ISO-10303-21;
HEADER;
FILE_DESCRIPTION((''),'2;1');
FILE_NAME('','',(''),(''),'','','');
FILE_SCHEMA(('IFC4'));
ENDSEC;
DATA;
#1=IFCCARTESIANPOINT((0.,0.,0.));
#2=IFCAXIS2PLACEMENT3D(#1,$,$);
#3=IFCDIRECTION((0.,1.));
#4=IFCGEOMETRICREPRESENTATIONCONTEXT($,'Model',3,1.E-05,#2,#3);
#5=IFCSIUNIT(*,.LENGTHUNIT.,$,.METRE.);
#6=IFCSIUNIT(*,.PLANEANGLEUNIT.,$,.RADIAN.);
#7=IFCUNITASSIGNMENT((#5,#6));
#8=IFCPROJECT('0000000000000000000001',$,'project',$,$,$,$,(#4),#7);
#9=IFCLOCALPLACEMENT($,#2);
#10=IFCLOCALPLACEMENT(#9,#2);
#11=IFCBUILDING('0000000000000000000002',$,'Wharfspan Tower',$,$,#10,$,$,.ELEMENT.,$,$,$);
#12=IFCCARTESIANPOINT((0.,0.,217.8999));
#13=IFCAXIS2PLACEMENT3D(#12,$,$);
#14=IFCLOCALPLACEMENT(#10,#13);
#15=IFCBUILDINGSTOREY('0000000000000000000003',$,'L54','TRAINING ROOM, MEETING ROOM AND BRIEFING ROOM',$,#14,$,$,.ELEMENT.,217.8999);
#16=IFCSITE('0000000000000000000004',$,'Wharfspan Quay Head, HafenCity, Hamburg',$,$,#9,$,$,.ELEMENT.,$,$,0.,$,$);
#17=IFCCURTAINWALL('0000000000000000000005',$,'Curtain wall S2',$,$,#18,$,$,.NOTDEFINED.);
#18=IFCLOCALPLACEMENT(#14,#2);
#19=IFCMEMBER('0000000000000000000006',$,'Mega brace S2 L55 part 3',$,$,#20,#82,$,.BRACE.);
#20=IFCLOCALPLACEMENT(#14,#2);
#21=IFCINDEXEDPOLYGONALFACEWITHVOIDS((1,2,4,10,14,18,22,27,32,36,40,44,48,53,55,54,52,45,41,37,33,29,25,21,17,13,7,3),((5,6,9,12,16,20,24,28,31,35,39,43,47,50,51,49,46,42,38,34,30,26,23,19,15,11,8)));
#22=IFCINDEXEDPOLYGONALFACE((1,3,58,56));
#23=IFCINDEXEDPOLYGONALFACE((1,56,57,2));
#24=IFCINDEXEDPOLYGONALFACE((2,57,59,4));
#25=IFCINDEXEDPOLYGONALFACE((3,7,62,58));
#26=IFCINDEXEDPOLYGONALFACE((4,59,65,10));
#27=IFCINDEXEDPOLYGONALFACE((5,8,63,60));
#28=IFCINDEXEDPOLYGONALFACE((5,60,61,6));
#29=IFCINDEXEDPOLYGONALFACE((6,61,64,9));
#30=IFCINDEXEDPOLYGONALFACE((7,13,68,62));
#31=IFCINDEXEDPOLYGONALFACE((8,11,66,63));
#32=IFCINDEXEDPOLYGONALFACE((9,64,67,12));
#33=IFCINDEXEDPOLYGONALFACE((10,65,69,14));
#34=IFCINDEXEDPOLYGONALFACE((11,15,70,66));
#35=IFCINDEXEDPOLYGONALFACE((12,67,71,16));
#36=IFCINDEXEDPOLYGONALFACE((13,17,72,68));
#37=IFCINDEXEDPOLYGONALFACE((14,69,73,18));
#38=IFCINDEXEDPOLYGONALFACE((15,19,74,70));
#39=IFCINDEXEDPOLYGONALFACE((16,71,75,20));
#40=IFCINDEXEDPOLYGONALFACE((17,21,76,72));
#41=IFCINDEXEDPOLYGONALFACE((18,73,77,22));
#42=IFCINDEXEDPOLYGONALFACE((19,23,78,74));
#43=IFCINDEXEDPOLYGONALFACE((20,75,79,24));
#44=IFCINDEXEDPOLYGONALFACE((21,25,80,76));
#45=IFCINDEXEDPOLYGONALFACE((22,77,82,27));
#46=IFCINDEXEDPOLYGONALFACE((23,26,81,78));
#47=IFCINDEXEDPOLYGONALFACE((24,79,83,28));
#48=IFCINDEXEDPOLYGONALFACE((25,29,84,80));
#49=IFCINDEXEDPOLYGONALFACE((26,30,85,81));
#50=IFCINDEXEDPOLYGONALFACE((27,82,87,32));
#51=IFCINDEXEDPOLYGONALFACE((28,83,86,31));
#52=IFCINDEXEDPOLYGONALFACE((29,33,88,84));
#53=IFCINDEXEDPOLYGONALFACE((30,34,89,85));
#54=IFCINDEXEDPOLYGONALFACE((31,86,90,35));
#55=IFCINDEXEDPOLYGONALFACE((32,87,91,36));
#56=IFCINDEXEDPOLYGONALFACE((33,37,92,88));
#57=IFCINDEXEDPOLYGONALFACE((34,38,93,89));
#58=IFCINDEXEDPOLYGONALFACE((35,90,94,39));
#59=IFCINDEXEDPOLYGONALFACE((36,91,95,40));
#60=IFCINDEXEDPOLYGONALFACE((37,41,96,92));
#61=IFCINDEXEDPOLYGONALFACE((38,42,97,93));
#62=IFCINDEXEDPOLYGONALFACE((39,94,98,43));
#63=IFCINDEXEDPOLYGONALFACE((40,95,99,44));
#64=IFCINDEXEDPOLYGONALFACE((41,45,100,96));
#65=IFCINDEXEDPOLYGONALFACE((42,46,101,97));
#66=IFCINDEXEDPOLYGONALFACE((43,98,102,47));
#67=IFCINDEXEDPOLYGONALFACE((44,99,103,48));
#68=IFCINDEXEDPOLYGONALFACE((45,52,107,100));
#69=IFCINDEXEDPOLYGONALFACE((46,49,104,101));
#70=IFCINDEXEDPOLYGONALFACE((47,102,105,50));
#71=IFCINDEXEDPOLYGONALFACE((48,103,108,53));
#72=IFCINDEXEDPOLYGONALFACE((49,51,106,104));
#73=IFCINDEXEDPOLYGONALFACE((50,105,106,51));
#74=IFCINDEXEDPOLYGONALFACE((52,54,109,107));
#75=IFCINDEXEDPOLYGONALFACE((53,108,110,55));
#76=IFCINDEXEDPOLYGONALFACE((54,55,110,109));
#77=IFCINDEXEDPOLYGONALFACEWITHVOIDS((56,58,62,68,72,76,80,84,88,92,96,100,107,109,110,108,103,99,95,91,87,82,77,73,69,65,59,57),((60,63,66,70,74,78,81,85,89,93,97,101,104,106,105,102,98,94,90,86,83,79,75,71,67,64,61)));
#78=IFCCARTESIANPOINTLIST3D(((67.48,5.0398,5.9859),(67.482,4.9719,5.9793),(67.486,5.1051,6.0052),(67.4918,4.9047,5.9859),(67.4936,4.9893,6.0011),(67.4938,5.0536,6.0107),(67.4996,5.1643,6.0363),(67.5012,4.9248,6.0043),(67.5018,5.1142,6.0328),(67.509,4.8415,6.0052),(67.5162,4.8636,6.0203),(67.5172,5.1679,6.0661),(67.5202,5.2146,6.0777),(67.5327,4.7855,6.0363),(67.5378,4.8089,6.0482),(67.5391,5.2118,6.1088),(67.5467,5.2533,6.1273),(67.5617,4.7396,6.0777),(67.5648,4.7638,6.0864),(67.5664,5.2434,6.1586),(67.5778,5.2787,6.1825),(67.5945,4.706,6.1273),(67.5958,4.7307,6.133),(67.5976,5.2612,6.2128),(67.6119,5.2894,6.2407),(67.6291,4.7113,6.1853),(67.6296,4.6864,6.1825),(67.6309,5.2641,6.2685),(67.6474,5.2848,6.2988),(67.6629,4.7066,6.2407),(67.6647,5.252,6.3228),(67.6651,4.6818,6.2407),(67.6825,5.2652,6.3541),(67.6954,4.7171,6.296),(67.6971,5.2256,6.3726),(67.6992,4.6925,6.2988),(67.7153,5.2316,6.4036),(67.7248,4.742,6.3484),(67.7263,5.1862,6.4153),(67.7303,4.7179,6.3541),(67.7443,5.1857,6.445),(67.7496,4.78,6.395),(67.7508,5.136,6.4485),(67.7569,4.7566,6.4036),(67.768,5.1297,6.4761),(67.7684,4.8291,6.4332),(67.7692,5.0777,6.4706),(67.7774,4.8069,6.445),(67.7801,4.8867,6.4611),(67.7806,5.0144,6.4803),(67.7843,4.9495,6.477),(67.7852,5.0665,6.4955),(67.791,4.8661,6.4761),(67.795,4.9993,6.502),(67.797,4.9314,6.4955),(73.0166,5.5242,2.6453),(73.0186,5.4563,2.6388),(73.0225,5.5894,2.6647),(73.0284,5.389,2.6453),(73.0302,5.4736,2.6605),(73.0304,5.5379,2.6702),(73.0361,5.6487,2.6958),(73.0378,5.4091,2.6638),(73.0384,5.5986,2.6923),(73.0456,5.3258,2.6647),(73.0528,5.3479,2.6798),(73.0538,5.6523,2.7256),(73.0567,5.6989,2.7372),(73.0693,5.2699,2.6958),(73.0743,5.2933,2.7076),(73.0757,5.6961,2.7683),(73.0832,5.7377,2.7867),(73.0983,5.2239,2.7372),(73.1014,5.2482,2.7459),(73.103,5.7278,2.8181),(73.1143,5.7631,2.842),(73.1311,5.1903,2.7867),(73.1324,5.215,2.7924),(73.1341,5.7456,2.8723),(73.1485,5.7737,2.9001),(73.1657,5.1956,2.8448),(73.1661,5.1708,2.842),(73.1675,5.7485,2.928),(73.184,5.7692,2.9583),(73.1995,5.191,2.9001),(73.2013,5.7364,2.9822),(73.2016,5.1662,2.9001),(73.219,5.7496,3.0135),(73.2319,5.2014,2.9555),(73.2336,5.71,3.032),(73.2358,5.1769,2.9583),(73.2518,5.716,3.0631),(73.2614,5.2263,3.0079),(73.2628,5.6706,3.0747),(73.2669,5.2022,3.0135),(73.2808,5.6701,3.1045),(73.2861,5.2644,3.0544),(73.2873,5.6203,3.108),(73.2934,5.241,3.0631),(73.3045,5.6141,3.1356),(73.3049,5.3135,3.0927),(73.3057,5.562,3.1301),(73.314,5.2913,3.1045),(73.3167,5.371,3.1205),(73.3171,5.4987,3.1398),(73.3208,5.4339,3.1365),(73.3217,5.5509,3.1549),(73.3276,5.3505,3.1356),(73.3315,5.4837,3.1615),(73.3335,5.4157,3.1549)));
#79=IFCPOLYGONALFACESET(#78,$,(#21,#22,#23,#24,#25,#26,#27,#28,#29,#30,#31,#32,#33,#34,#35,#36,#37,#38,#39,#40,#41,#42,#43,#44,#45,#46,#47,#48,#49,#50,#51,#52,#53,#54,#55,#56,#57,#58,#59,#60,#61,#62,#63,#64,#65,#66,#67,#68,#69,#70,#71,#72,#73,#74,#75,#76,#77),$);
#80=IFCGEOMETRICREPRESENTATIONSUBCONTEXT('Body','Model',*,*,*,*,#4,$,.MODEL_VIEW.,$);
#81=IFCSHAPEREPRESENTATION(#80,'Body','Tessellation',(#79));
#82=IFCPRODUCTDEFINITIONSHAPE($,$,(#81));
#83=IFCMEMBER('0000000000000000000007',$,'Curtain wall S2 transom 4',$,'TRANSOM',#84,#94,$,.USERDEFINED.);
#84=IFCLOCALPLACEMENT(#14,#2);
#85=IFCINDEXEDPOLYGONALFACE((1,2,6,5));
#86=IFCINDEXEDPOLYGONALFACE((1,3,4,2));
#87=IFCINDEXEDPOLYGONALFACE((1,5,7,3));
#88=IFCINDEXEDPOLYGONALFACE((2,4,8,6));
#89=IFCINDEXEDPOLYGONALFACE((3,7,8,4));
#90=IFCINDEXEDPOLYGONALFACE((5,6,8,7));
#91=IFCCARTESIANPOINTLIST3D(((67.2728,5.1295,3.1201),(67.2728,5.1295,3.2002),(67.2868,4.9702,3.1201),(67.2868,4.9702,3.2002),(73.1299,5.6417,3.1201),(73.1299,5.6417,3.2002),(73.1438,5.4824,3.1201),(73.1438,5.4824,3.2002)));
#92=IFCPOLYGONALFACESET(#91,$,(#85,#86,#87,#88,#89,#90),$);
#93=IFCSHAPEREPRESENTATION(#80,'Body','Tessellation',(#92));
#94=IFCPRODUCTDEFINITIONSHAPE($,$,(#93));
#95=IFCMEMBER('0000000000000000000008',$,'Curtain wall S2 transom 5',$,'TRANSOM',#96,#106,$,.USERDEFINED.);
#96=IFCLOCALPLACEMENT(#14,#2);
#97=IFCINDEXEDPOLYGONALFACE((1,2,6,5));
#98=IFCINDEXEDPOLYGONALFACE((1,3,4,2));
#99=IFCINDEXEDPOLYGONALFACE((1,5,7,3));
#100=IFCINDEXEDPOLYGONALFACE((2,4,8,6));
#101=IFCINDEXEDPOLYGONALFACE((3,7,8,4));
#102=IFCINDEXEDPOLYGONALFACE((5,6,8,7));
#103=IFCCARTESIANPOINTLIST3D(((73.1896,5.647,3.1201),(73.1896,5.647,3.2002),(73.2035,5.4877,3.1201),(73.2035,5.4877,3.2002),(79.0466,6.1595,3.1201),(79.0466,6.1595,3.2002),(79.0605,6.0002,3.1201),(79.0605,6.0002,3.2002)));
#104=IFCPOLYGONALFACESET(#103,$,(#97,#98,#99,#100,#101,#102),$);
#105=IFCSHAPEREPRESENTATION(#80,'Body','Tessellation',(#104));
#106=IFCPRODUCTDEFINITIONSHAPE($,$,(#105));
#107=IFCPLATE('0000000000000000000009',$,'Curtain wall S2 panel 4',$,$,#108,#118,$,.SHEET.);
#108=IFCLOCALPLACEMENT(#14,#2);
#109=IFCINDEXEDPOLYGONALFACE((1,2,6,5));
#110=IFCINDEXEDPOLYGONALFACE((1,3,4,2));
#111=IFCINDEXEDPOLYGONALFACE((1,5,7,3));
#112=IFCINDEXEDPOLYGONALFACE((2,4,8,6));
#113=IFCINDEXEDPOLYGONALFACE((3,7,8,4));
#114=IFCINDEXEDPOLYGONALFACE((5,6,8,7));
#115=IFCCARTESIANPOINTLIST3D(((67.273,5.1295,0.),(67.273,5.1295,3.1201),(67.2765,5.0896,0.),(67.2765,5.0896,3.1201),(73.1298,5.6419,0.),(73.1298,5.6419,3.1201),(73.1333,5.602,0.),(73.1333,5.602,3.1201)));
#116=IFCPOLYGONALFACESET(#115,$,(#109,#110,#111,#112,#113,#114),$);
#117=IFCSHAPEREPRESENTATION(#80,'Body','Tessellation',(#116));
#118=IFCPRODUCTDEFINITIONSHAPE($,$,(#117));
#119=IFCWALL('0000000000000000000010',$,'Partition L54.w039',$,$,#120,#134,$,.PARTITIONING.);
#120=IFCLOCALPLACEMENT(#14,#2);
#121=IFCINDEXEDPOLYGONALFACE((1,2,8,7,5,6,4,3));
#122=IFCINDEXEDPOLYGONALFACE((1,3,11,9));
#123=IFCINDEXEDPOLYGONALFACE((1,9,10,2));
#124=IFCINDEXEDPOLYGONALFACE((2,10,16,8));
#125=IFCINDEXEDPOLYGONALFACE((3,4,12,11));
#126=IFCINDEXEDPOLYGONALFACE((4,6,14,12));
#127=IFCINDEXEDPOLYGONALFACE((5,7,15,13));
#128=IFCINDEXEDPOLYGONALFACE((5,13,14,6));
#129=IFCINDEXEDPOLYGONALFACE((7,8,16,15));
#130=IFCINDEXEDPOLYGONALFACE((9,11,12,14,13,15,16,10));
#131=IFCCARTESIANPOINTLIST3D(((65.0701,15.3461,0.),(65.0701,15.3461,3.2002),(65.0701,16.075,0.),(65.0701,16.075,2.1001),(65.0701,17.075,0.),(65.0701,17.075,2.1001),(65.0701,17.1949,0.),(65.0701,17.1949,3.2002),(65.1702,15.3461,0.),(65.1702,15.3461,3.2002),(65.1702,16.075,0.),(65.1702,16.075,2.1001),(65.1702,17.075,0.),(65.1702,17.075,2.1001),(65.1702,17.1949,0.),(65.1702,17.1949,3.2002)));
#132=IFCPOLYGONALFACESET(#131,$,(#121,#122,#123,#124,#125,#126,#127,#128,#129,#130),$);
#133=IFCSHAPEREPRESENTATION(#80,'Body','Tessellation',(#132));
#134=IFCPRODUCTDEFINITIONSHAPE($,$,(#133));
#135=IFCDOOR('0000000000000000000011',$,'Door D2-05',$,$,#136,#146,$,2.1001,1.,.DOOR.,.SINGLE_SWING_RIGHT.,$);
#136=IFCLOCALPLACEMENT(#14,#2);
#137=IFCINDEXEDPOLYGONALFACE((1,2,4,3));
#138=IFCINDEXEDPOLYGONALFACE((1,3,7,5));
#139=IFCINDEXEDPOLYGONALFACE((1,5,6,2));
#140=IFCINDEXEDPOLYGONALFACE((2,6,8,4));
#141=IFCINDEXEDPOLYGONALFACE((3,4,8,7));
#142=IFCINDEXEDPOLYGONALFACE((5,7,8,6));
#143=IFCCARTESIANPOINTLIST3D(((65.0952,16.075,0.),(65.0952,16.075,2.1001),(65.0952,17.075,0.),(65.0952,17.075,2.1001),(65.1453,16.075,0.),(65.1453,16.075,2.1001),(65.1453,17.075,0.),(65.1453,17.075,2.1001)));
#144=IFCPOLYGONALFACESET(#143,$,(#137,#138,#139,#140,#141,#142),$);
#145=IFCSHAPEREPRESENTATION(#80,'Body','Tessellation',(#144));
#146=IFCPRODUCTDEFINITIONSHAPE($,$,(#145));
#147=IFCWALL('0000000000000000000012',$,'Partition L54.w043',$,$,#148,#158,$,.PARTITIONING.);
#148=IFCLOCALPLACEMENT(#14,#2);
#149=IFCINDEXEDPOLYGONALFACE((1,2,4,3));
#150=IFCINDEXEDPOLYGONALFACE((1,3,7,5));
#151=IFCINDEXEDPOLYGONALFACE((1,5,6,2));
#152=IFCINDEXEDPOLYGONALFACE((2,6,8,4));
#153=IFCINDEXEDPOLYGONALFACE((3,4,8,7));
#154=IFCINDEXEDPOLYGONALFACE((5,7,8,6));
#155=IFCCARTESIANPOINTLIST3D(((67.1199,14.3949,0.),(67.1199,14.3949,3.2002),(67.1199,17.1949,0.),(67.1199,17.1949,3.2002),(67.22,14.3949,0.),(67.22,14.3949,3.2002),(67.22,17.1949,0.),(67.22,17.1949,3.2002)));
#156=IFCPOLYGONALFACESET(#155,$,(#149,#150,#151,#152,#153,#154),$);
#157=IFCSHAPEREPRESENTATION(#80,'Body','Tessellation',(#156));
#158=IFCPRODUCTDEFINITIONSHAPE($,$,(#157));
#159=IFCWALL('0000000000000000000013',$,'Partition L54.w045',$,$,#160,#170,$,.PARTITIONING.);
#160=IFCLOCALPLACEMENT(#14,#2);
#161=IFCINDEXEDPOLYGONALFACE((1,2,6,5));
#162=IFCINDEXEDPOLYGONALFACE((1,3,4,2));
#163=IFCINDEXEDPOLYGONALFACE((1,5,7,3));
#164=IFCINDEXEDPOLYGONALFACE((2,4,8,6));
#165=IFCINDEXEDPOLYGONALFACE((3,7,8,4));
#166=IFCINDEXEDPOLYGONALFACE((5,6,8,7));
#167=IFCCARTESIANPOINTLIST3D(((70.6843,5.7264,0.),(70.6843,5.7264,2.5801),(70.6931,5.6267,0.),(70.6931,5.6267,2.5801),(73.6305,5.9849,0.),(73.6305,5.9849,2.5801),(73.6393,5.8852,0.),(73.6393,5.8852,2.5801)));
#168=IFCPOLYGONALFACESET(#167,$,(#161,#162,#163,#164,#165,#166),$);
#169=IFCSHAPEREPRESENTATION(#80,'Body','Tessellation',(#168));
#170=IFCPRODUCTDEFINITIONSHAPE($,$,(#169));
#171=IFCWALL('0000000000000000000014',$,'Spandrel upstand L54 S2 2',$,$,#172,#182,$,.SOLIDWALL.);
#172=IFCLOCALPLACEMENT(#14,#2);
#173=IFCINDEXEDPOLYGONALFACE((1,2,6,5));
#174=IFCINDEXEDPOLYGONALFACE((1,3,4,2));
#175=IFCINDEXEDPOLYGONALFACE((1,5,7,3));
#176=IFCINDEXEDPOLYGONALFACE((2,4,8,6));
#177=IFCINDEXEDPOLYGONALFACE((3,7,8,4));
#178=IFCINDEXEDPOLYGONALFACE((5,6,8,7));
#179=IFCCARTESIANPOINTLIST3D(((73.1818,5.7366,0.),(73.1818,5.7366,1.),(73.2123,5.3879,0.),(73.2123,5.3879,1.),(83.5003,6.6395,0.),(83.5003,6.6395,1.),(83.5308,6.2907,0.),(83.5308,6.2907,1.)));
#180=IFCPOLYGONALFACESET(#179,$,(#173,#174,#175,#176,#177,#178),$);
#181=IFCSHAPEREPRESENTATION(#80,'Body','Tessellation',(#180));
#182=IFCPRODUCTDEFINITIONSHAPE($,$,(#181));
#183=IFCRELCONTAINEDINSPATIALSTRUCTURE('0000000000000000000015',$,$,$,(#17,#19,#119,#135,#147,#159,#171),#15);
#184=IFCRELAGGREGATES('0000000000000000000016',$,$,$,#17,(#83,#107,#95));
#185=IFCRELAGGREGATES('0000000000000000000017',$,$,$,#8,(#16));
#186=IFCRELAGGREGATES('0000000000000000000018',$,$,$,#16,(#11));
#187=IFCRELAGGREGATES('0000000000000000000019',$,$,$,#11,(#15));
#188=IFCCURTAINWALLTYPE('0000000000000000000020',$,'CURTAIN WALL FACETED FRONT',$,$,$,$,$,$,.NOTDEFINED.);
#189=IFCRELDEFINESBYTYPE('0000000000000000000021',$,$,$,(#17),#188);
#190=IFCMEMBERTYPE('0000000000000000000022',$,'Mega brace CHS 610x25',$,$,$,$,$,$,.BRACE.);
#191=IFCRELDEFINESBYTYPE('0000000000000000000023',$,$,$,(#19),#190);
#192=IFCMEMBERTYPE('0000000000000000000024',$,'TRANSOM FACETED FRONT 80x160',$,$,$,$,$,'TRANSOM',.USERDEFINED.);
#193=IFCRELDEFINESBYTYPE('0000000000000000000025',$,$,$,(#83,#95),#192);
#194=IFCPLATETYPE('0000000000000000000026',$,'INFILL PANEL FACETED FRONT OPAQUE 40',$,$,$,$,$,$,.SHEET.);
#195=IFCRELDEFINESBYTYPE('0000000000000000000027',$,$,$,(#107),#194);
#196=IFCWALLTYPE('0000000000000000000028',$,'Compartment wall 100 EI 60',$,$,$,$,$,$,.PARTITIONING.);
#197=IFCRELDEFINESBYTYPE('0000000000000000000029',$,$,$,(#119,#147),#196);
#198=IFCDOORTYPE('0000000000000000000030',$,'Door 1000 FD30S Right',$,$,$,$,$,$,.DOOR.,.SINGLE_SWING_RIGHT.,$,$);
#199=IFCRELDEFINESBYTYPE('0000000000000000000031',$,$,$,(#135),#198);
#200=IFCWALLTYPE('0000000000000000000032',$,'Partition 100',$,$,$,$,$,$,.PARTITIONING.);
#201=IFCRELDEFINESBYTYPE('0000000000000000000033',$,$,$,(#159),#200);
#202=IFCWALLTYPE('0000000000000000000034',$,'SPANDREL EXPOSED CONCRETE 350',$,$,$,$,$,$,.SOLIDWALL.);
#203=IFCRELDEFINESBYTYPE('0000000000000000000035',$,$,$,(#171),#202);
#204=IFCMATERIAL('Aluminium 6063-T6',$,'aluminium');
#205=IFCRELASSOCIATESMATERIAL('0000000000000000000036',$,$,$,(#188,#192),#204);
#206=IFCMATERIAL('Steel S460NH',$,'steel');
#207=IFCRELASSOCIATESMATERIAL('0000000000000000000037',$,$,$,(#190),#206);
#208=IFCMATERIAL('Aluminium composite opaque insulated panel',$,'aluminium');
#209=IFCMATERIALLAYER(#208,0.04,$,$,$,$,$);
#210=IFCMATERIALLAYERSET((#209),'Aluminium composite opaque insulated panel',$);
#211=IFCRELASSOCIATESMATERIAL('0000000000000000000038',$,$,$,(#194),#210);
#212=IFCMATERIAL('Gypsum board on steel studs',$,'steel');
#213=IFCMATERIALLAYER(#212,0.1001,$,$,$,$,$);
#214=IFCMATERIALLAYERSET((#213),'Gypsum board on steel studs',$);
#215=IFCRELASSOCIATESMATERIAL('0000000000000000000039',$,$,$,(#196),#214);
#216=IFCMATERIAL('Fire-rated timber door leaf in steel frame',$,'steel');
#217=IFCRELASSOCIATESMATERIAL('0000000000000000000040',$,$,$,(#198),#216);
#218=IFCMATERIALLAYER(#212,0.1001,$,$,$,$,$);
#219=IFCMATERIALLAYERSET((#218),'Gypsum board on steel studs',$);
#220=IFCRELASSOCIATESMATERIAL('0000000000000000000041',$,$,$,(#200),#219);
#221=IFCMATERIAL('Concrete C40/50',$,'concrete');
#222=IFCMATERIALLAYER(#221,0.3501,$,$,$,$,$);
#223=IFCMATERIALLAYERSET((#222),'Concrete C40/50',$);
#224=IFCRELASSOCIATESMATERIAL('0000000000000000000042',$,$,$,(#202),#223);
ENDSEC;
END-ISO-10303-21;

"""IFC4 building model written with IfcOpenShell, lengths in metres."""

from ifc_helpers import new_model, si_unit, direction, frame, frame_2d, origin, origin_2d, place, context, subcontext, project, spatial, rectangle, hollow_circle, extrude, material, layer, layer_set, material_profile, profile_set, type_object, element, fill, aggregate, save


model = new_model("IFC4")

# Units and contexts
model_context = context("Model", 3, precision=1e-05, world=origin(), true_north=direction((0.0, 1.0)))
body_context = subcontext(model_context, "Body", "Model", "MODEL_VIEW")
ifc_project = project(units=[si_unit("LENGTHUNIT", "METRE"), si_unit("PLANEANGLEUNIT", "RADIAN")], contexts=[model_context])

# Site, building, storey
site_placement = place(None, origin())
site = spatial("IfcSite", under=ifc_project, at=site_placement, Name="Wharfspan Quay Head, HafenCity, Hamburg", CompositionType="ELEMENT", RefElevation=0.0)
building_placement = place(site_placement, origin())
building = spatial("IfcBuilding", under=site, at=building_placement, Name="Wharfspan Tower", CompositionType="ELEMENT")
storey_placement = place(building_placement, frame((0.0, 0.0, 217.8999)))
storey = spatial("IfcBuildingStorey", under=building, at=storey_placement, Name="L54", Description="TRAINING ROOM, MEETING ROOM AND BRIEFING ROOM", CompositionType="ELEMENT", Elevation=217.8999)

# Curtain wall
ifc_material_1 = material(Name="Aluminium 6063-T6", Category="aluminium")
curtain_wall_type = type_object("IfcCurtainWallType", Name="CURTAIN WALL FACETED FRONT", PredefinedType="NOTDEFINED", material=ifc_material_1)
curtain_wall_placement = place(storey_placement, origin())
curtain_wall = element("IfcCurtainWall", 1, at=curtain_wall_placement, inside=storey, type_object=curtain_wall_type, Name="Curtain wall S2", PredefinedType="NOTDEFINED")

# Members
ifc_material_2 = material(Name="Steel S460NH", Category="steel")
ifc_material_profile_1 = material_profile(ifc_material_2, hollow_circle(Radius=0.3049, WallThickness=0.0249, at=origin_2d()))
ifc_profile_set_1 = profile_set([ifc_material_profile_1], Name="Steel S460NH")
member_type_1 = type_object("IfcMemberType", Name="Mega brace CHS 610x25", PredefinedType="BRACE", material=ifc_profile_set_1)
member_1_placement = place(storey_placement, frame((73.175, 5.47, 2.9001), z_axis=(-0.853829, -0.074698, 0.515166), x_axis=(0.087155, -0.996197, 0.000003)))
element("IfcMember", 2, at=member_1_placement, inside=storey, type_object=member_type_1, Name="Mega brace S2 L55 part 3", PredefinedType="BRACE", context=body_context, shape_type="SweptSolid", body=[
    extrude(hollow_circle(Radius=0.3049, WallThickness=0.0249, at=origin_2d()), origin(), (0.0, 0.0, 1.0), 6.4844),
])
ifc_material_profile_2 = material_profile(ifc_material_1, rectangle(XDim=0.1599, YDim=0.0801, at=origin_2d()))
ifc_profile_set_2 = profile_set([ifc_material_profile_2], Name="Aluminium 6063-T6")
member_type_2 = type_object("IfcMemberType", Name="TRANSOM FACETED FRONT 80x160", ElementType="TRANSOM", PredefinedType="USERDEFINED", material=ifc_profile_set_2)
member_2_placement = place(storey_placement, frame((67.2798, 5.0498, 3.1602), z_axis=(0.996198, 0.087121, 0.0), x_axis=(-0.087121, 0.996198, 0.0)))
member_2 = element("IfcMember", 3, at=member_2_placement, type_object=member_type_2, Name="Curtain wall S2 transom 4", ObjectType="TRANSOM", PredefinedType="USERDEFINED", context=body_context, shape_type="SweptSolid", body=[
    extrude(rectangle(XDim=0.1599, YDim=0.0801, at=origin_2d()), origin(), (0.0, 0.0, 1.0), 5.8794),
])
member_3_placement = place(storey_placement, frame((73.1965, 5.5674, 3.1602), z_axis=(0.996194, 0.087162, 0.0), x_axis=(-0.087162, 0.996194, 0.0)))
member_3 = element("IfcMember", 4, at=member_3_placement, type_object=member_type_2, Name="Curtain wall S2 transom 5", ObjectType="TRANSOM", PredefinedType="USERDEFINED", context=body_context, shape_type="SweptSolid", body=[
    extrude(rectangle(XDim=0.1599, YDim=0.0801, at=origin_2d()), origin(), (0.0, 0.0, 1.0), 5.8794),
])

# Plate
ifc_material_3 = material(Name="Aluminium composite opaque insulated panel", Category="aluminium")
ifc_layer_1 = layer(ifc_material_3, 0.04)
ifc_layer_set_1 = layer_set([ifc_layer_1], Name="Aluminium composite opaque insulated panel")
plate_type = type_object("IfcPlateType", Name="INFILL PANEL FACETED FRONT OPAQUE 40", PredefinedType="SHEET", material=ifc_layer_set_1)
plate_placement = place(storey_placement, frame((70.2031, 5.3657, 0.0), z_axis=(0.0, 0.0, 1.0), x_axis=(0.996197, 0.087156, 0.0)))
plate = element("IfcPlate", 5, at=plate_placement, type_object=plate_type, Name="Curtain wall S2 panel 4", PredefinedType="SHEET", context=body_context, shape_type="SweptSolid", body=[
    extrude(rectangle(XDim=5.8792, YDim=0.04, at=origin_2d()), origin(), (0.0, 0.0, 1.0), 3.1201),
])
aggregate(curtain_wall, [member_2, plate, member_3])

# Wall, opening, door
ifc_material_4 = material(Name="Gypsum board on steel studs", Category="steel")
ifc_layer_2 = layer(ifc_material_4, 0.1001)
ifc_layer_set_2 = layer_set([ifc_layer_2], Name="Gypsum board on steel studs")
wall_type_1 = type_object("IfcWallType", Name="Compartment wall 100 EI 60", PredefinedType="PARTITIONING", material=ifc_layer_set_2)
wall_1_placement = place(storey_placement, frame((65.1201, 15.3462, 0.0), z_axis=(0.0, 0.0, 1.0), x_axis=(0.0, 1.0, 0.0)))
wall_1 = element("IfcWall", 6, at=wall_1_placement, inside=storey, type_object=wall_type_1, Name="Partition L54.w039", PredefinedType="PARTITIONING", context=body_context, shape_type="SweptSolid", body=[
    extrude(rectangle(XDim=1.8489, YDim=0.1001, at=frame_2d((0.9243, 0.0))), origin(), (0.0, 0.0, 1.0), 3.2002),
])
opening_placement = place(wall_1_placement, frame((0.7288, 0.0, 0.0)))
opening = element("IfcOpeningElement", 7, at=opening_placement, cuts=wall_1, PredefinedType="OPENING", context=body_context, shape_type="SweptSolid", body=[
    extrude(rectangle(XDim=1.0, YDim=2.1001, at=frame_2d((0.5, 1.05))), frame((0.0, 0.0601, 0.0), z_axis=(0.0, -1.0, 0.0), x_axis=(1.0, 0.0, 0.0)), (0.0, 0.0, 1.0), 0.1201),
])
ifc_material_5 = material(Name="Fire-rated timber door leaf in steel frame", Category="steel")
door_type = type_object("IfcDoorType", Name="Door 1000 FD30S Right", OperationType="SINGLE_SWING_RIGHT", PredefinedType="DOOR", material=ifc_material_5)
door_placement = place(opening_placement, origin())
door = element("IfcDoor", 8, at=door_placement, inside=storey, type_object=door_type, Name="Door D2-05", OperationType="SINGLE_SWING_RIGHT", OverallHeight=2.1001, OverallWidth=1.0, PredefinedType="DOOR", context=body_context, shape_type="SweptSolid", body=[
    extrude(rectangle(XDim=1.0, YDim=2.1001, at=frame_2d((0.5, 1.05))), frame((0.0, 0.0249, 0.0), z_axis=(0.0, -1.0, 0.0), x_axis=(1.0, 0.0, 0.0)), (0.0, 0.0, 1.0), 0.05),
])
fill(opening, door)

# Walls
wall_2_placement = place(storey_placement, frame((67.1699, 14.395, 0.0), z_axis=(0.0, 0.0, 1.0), x_axis=(0.0, 1.0, 0.0)))
element("IfcWall", 9, at=wall_2_placement, inside=storey, type_object=wall_type_1, Name="Partition L54.w043", PredefinedType="PARTITIONING", context=body_context, shape_type="SweptSolid", body=[
    extrude(rectangle(XDim=2.8, YDim=0.1001, at=frame_2d((1.3999, 0.0))), origin(), (0.0, 0.0, 1.0), 3.2002),
])
ifc_layer_3 = layer(ifc_material_4, 0.1001)
ifc_layer_set_3 = layer_set([ifc_layer_3], Name="Gypsum board on steel studs")
wall_type_2 = type_object("IfcWallType", Name="Partition 100", PredefinedType="PARTITIONING", material=ifc_layer_set_3)
wall_3_placement = place(storey_placement, frame((70.6887, 5.6765, 0.0), z_axis=(0.0, 0.0, 1.0), x_axis=(0.996174, 0.087417, 0.0)))
element("IfcWall", 10, at=wall_3_placement, inside=storey, type_object=wall_type_2, Name="Partition L54.w045", PredefinedType="PARTITIONING", context=body_context, shape_type="SweptSolid", body=[
    extrude(rectangle(XDim=2.9575, YDim=0.1001, at=frame_2d((1.4788, 0.0))), origin(), (0.0, 0.0, 1.0), 2.5801),
])
ifc_material_6 = material(Name="Concrete C40/50", Category="concrete")
ifc_layer_4 = layer(ifc_material_6, 0.3501)
ifc_layer_set_4 = layer_set([ifc_layer_4], Name="Concrete C40/50")
wall_type_3 = type_object("IfcWallType", Name="SPANDREL EXPOSED CONCRETE 350", PredefinedType="SOLIDWALL", material=ifc_layer_set_4)
wall_4_placement = place(storey_placement, frame((73.197, 5.5623, 0.0), z_axis=(0.0, 0.0, 1.0), x_axis=(0.996198, 0.087163, 0.0)))
element("IfcWall", 11, at=wall_4_placement, inside=storey, type_object=wall_type_3, Name="Spandrel upstand L54 S2 2", PredefinedType="SOLIDWALL", context=body_context, shape_type="SweptSolid", body=[
    extrude(rectangle(XDim=10.3579, YDim=0.3501, at=frame_2d((5.179, 0.0))), origin(), (0.0, 0.0, 1.0), 1.0),
])

save(model, "model.ifc")
